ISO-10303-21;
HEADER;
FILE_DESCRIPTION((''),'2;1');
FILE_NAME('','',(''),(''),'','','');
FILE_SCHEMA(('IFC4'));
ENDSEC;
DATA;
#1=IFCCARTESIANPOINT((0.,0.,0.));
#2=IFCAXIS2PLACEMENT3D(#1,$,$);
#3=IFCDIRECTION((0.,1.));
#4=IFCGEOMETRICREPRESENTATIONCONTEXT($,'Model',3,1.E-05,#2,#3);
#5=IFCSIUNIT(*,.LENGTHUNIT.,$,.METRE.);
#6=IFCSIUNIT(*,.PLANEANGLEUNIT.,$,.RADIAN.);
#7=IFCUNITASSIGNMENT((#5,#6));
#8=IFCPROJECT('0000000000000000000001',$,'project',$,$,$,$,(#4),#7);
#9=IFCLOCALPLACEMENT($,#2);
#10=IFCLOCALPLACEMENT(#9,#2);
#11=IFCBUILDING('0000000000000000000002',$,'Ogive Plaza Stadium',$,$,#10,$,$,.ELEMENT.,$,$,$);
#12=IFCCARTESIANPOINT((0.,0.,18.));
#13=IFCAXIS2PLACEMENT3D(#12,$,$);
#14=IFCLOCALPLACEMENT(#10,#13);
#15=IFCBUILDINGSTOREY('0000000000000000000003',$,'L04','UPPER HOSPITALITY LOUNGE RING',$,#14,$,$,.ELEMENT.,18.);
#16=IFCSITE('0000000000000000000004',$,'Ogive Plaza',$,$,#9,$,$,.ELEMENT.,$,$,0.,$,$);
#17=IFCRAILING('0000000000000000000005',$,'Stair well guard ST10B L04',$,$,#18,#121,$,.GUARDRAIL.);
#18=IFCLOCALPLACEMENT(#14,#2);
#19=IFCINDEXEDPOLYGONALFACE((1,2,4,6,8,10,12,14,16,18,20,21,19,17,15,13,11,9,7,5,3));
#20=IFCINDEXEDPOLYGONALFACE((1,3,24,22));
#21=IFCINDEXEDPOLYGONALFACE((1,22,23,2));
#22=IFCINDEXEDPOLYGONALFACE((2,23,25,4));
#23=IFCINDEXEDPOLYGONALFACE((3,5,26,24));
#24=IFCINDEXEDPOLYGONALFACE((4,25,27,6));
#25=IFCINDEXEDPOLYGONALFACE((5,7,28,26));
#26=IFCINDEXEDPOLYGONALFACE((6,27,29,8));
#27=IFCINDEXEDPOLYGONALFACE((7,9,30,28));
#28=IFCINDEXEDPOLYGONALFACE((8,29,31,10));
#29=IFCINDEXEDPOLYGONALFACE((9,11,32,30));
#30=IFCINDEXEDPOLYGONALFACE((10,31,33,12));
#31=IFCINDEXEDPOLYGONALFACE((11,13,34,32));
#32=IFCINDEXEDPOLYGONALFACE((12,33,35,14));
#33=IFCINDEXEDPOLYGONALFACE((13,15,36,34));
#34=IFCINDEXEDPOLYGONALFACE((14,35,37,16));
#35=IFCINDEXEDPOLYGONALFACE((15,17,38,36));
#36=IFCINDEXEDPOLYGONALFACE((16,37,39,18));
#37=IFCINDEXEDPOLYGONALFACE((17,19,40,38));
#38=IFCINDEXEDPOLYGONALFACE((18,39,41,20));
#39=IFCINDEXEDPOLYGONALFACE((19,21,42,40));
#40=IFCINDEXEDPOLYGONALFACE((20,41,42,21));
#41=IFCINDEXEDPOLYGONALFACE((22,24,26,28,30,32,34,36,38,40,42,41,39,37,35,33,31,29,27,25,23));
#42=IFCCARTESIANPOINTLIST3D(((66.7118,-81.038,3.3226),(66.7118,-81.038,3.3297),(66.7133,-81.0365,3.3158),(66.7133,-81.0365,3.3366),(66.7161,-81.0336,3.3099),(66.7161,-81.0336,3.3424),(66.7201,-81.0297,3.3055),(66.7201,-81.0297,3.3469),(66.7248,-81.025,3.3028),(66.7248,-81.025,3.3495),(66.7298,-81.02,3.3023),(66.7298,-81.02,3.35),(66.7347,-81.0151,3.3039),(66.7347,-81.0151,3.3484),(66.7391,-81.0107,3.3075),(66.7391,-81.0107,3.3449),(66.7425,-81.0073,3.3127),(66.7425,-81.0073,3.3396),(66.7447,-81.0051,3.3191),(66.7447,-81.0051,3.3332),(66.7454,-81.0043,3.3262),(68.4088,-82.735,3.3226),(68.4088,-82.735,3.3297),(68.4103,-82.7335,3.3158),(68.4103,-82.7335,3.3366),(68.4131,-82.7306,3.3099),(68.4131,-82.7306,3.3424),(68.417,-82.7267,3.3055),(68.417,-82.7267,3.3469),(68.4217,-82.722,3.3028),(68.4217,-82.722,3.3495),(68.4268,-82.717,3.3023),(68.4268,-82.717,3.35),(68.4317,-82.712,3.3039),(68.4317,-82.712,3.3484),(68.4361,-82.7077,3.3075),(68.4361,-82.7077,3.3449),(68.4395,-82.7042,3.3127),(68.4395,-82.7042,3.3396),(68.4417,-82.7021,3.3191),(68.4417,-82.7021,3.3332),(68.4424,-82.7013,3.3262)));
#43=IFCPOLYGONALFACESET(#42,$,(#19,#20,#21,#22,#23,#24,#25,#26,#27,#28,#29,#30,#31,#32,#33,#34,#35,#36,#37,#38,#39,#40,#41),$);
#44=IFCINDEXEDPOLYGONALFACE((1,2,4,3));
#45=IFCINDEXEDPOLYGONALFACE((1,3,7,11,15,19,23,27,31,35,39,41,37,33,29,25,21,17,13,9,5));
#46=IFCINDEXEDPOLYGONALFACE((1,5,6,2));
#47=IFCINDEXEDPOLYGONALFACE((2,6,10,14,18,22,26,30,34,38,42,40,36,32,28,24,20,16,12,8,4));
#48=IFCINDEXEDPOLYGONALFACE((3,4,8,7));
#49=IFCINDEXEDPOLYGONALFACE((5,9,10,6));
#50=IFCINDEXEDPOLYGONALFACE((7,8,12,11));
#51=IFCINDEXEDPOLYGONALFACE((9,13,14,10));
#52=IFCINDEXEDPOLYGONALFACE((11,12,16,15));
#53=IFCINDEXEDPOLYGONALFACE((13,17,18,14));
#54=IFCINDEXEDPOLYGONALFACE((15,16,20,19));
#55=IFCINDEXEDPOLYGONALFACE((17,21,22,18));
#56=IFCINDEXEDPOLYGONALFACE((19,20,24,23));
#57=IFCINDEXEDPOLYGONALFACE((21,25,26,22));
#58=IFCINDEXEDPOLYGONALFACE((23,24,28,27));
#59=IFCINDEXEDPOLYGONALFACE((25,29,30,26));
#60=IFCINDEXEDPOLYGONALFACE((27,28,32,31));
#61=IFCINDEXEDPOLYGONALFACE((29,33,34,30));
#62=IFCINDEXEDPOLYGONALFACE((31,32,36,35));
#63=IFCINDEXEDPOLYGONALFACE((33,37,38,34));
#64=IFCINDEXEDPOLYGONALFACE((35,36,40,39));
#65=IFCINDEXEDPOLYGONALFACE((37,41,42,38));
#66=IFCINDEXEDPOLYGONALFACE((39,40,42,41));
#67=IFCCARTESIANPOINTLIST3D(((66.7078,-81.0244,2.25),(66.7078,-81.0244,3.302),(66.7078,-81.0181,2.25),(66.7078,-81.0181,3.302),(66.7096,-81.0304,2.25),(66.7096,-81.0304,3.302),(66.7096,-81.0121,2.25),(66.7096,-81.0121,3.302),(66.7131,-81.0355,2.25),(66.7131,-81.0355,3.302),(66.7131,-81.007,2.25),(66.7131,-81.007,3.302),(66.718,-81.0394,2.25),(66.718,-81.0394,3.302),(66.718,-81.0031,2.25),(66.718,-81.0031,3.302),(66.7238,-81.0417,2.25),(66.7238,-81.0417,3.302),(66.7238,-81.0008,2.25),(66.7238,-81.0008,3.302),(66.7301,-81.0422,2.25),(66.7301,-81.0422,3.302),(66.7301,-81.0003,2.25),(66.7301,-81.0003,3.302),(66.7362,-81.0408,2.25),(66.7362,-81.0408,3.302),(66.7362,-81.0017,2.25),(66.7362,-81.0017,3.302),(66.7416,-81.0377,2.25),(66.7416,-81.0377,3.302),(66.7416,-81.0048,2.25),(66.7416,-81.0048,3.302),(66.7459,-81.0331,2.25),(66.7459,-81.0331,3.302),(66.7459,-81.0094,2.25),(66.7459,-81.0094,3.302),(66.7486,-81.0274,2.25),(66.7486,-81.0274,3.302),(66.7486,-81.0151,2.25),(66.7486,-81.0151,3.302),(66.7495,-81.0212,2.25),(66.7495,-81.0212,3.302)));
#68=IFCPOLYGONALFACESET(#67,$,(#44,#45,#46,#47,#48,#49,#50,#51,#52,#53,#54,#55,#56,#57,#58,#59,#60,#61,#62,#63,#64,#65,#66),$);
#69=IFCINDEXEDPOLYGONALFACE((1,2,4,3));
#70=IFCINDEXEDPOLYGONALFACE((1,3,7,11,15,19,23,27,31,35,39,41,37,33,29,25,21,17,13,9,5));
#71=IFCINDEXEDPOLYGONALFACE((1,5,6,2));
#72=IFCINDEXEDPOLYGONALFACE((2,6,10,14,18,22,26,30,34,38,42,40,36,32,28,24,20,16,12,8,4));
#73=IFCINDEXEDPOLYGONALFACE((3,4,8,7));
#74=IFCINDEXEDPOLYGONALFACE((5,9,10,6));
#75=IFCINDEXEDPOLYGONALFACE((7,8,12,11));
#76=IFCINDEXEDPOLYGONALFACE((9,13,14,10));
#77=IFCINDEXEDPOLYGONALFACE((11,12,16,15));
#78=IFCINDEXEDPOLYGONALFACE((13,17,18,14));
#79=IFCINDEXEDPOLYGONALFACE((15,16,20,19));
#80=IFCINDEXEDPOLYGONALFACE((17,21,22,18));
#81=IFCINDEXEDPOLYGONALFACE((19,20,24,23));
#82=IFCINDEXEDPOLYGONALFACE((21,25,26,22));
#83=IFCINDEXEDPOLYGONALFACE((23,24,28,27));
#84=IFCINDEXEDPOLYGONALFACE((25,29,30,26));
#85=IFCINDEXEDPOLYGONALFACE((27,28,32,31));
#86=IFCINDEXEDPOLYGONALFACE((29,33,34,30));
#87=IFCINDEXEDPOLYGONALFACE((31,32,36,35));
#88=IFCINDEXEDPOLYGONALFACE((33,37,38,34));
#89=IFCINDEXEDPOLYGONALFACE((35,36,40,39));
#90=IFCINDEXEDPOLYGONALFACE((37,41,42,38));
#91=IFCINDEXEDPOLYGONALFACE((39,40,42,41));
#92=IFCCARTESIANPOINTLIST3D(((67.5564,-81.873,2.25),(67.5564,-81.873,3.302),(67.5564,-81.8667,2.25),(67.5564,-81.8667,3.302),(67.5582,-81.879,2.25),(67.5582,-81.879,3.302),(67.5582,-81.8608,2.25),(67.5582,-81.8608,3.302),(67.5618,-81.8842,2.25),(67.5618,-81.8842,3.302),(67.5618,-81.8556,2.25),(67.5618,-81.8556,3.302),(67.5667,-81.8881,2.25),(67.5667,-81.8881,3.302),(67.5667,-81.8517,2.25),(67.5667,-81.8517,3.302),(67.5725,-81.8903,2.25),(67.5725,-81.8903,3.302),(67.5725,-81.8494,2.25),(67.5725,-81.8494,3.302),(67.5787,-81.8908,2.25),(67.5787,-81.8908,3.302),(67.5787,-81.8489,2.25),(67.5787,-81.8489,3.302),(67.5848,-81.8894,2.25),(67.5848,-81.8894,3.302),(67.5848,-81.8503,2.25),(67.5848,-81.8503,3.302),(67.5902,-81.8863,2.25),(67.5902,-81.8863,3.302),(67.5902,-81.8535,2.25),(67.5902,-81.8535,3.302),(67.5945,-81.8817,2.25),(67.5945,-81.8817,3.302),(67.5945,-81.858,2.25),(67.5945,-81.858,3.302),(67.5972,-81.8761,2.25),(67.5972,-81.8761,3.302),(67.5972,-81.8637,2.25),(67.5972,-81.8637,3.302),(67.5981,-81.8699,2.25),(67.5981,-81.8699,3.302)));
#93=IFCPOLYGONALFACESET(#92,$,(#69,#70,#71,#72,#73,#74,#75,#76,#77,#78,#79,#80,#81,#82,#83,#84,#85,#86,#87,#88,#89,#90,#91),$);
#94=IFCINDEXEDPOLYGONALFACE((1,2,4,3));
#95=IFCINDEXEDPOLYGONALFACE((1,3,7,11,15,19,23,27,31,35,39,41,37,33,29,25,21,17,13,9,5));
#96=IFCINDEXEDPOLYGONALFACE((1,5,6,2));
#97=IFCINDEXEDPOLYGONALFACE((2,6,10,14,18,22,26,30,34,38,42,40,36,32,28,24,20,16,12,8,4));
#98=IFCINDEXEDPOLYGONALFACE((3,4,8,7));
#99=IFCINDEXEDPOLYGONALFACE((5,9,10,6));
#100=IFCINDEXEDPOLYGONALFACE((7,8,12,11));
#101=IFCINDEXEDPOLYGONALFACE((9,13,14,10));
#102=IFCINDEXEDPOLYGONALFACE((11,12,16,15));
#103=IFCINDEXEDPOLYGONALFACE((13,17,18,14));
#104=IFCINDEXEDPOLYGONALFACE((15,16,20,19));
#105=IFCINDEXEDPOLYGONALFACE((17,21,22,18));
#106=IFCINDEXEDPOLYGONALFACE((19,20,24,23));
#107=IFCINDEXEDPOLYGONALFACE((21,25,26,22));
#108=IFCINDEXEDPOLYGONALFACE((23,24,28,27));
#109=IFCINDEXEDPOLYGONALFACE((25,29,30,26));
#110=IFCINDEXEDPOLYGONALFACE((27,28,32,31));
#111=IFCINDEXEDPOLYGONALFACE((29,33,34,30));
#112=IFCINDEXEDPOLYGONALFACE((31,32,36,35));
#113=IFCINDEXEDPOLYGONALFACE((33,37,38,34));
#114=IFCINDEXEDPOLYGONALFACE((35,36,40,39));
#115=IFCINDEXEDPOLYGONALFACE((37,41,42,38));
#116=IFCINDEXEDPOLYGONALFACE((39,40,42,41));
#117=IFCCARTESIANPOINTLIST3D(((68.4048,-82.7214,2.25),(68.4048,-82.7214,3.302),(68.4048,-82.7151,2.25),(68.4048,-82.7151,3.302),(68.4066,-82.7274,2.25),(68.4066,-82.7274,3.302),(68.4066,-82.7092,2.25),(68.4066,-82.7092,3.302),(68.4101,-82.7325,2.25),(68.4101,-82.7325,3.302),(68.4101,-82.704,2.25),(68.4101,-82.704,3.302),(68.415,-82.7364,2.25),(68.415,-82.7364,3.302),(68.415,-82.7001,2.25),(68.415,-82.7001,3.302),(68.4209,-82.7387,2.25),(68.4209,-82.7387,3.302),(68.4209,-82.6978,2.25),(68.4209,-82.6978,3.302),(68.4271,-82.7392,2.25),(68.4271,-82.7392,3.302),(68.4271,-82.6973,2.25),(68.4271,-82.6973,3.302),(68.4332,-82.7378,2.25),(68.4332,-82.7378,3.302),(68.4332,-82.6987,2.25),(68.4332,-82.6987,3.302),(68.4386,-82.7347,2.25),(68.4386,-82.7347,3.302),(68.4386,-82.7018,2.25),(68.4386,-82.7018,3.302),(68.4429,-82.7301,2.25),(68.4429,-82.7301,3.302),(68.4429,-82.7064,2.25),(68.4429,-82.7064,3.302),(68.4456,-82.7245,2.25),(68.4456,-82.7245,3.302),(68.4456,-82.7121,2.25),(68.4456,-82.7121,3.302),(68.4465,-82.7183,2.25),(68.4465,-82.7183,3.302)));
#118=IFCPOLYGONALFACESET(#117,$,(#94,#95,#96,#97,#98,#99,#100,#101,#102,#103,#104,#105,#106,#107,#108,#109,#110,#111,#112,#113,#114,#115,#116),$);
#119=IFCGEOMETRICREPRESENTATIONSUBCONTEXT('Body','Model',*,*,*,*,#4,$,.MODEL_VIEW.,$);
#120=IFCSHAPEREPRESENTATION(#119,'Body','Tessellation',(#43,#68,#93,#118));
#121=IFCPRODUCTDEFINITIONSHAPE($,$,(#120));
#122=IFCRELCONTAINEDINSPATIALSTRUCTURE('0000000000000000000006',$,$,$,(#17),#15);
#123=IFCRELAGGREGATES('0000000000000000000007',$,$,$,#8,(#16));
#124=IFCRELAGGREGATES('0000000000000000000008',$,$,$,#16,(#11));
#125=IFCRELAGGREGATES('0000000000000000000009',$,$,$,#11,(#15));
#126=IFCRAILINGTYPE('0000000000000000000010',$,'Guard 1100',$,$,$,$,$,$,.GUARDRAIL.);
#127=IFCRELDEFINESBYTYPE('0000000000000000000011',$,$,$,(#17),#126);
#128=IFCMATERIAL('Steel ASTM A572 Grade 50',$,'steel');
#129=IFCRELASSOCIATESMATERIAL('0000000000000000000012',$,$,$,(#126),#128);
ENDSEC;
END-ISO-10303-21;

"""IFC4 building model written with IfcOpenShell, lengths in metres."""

from ifc_helpers import new_model, si_unit, direction, frame, origin, origin_2d, place, context, subcontext, project, spatial, circle, extrude, material, type_object, element, save


model = new_model("IFC4")

# Units and contexts
model_context = context("Model", 3, precision=1e-05, world=origin(), true_north=direction((0.0, 1.0)))
body_context = subcontext(model_context, "Body", "Model", "MODEL_VIEW")
ifc_project = project(units=[si_unit("LENGTHUNIT", "METRE"), si_unit("PLANEANGLEUNIT", "RADIAN")], contexts=[model_context])

# Site, building, storey
site_placement = place(None, origin())
site = spatial("IfcSite", under=ifc_project, at=site_placement, Name="Ogive Plaza", CompositionType="ELEMENT", RefElevation=0.0)
building_placement = place(site_placement, origin())
building = spatial("IfcBuilding", under=site, at=building_placement, Name="Ogive Plaza Stadium", CompositionType="ELEMENT")
storey_placement = place(building_placement, frame((0.0, 0.0, 18.0)))
storey = spatial("IfcBuildingStorey", under=building, at=storey_placement, Name="L04", Description="UPPER HOSPITALITY LOUNGE RING", CompositionType="ELEMENT", Elevation=18.0)

# Railing
ifc_material_1 = material(Name="Steel ASTM A572 Grade 50", Category="steel")
railing_type_1 = type_object("IfcRailingType", Name="Guard 1100", PredefinedType="GUARDRAIL", material=ifc_material_1)
for number, where, name in (
    (1, (66.7285, -81.0212, 2.25), "Stair well guard ST10B L04"),
):
    element("IfcRailing", number, at=place(storey_placement, frame(where)), inside=storey, type_object=railing_type_1, Name=name, PredefinedType="GUARDRAIL", context=body_context, shape_type="SweptSolid", body=[
        extrude(circle(Radius=0.0239, at=origin_2d()), frame((0.0, 0.0, 1.0762), z_axis=(0.707107, -0.707107, 0.0), x_axis=(0.707107, 0.707107, 0.0)), (0.0, 0.0, 1.0), 2.3999),
        extrude(circle(Radius=0.021, at=origin_2d()), origin(), (0.0, 0.0, 1.0), 1.052),
        extrude(circle(Radius=0.021, at=origin_2d()), frame((0.8486, -0.8486, 0.0)), (0.0, 0.0, 1.0), 1.052),
        extrude(circle(Radius=0.021, at=origin_2d()), frame((1.697, -1.697, 0.0)), (0.0, 0.0, 1.0), 1.052),
    ])

save(model, "model.ifc")
